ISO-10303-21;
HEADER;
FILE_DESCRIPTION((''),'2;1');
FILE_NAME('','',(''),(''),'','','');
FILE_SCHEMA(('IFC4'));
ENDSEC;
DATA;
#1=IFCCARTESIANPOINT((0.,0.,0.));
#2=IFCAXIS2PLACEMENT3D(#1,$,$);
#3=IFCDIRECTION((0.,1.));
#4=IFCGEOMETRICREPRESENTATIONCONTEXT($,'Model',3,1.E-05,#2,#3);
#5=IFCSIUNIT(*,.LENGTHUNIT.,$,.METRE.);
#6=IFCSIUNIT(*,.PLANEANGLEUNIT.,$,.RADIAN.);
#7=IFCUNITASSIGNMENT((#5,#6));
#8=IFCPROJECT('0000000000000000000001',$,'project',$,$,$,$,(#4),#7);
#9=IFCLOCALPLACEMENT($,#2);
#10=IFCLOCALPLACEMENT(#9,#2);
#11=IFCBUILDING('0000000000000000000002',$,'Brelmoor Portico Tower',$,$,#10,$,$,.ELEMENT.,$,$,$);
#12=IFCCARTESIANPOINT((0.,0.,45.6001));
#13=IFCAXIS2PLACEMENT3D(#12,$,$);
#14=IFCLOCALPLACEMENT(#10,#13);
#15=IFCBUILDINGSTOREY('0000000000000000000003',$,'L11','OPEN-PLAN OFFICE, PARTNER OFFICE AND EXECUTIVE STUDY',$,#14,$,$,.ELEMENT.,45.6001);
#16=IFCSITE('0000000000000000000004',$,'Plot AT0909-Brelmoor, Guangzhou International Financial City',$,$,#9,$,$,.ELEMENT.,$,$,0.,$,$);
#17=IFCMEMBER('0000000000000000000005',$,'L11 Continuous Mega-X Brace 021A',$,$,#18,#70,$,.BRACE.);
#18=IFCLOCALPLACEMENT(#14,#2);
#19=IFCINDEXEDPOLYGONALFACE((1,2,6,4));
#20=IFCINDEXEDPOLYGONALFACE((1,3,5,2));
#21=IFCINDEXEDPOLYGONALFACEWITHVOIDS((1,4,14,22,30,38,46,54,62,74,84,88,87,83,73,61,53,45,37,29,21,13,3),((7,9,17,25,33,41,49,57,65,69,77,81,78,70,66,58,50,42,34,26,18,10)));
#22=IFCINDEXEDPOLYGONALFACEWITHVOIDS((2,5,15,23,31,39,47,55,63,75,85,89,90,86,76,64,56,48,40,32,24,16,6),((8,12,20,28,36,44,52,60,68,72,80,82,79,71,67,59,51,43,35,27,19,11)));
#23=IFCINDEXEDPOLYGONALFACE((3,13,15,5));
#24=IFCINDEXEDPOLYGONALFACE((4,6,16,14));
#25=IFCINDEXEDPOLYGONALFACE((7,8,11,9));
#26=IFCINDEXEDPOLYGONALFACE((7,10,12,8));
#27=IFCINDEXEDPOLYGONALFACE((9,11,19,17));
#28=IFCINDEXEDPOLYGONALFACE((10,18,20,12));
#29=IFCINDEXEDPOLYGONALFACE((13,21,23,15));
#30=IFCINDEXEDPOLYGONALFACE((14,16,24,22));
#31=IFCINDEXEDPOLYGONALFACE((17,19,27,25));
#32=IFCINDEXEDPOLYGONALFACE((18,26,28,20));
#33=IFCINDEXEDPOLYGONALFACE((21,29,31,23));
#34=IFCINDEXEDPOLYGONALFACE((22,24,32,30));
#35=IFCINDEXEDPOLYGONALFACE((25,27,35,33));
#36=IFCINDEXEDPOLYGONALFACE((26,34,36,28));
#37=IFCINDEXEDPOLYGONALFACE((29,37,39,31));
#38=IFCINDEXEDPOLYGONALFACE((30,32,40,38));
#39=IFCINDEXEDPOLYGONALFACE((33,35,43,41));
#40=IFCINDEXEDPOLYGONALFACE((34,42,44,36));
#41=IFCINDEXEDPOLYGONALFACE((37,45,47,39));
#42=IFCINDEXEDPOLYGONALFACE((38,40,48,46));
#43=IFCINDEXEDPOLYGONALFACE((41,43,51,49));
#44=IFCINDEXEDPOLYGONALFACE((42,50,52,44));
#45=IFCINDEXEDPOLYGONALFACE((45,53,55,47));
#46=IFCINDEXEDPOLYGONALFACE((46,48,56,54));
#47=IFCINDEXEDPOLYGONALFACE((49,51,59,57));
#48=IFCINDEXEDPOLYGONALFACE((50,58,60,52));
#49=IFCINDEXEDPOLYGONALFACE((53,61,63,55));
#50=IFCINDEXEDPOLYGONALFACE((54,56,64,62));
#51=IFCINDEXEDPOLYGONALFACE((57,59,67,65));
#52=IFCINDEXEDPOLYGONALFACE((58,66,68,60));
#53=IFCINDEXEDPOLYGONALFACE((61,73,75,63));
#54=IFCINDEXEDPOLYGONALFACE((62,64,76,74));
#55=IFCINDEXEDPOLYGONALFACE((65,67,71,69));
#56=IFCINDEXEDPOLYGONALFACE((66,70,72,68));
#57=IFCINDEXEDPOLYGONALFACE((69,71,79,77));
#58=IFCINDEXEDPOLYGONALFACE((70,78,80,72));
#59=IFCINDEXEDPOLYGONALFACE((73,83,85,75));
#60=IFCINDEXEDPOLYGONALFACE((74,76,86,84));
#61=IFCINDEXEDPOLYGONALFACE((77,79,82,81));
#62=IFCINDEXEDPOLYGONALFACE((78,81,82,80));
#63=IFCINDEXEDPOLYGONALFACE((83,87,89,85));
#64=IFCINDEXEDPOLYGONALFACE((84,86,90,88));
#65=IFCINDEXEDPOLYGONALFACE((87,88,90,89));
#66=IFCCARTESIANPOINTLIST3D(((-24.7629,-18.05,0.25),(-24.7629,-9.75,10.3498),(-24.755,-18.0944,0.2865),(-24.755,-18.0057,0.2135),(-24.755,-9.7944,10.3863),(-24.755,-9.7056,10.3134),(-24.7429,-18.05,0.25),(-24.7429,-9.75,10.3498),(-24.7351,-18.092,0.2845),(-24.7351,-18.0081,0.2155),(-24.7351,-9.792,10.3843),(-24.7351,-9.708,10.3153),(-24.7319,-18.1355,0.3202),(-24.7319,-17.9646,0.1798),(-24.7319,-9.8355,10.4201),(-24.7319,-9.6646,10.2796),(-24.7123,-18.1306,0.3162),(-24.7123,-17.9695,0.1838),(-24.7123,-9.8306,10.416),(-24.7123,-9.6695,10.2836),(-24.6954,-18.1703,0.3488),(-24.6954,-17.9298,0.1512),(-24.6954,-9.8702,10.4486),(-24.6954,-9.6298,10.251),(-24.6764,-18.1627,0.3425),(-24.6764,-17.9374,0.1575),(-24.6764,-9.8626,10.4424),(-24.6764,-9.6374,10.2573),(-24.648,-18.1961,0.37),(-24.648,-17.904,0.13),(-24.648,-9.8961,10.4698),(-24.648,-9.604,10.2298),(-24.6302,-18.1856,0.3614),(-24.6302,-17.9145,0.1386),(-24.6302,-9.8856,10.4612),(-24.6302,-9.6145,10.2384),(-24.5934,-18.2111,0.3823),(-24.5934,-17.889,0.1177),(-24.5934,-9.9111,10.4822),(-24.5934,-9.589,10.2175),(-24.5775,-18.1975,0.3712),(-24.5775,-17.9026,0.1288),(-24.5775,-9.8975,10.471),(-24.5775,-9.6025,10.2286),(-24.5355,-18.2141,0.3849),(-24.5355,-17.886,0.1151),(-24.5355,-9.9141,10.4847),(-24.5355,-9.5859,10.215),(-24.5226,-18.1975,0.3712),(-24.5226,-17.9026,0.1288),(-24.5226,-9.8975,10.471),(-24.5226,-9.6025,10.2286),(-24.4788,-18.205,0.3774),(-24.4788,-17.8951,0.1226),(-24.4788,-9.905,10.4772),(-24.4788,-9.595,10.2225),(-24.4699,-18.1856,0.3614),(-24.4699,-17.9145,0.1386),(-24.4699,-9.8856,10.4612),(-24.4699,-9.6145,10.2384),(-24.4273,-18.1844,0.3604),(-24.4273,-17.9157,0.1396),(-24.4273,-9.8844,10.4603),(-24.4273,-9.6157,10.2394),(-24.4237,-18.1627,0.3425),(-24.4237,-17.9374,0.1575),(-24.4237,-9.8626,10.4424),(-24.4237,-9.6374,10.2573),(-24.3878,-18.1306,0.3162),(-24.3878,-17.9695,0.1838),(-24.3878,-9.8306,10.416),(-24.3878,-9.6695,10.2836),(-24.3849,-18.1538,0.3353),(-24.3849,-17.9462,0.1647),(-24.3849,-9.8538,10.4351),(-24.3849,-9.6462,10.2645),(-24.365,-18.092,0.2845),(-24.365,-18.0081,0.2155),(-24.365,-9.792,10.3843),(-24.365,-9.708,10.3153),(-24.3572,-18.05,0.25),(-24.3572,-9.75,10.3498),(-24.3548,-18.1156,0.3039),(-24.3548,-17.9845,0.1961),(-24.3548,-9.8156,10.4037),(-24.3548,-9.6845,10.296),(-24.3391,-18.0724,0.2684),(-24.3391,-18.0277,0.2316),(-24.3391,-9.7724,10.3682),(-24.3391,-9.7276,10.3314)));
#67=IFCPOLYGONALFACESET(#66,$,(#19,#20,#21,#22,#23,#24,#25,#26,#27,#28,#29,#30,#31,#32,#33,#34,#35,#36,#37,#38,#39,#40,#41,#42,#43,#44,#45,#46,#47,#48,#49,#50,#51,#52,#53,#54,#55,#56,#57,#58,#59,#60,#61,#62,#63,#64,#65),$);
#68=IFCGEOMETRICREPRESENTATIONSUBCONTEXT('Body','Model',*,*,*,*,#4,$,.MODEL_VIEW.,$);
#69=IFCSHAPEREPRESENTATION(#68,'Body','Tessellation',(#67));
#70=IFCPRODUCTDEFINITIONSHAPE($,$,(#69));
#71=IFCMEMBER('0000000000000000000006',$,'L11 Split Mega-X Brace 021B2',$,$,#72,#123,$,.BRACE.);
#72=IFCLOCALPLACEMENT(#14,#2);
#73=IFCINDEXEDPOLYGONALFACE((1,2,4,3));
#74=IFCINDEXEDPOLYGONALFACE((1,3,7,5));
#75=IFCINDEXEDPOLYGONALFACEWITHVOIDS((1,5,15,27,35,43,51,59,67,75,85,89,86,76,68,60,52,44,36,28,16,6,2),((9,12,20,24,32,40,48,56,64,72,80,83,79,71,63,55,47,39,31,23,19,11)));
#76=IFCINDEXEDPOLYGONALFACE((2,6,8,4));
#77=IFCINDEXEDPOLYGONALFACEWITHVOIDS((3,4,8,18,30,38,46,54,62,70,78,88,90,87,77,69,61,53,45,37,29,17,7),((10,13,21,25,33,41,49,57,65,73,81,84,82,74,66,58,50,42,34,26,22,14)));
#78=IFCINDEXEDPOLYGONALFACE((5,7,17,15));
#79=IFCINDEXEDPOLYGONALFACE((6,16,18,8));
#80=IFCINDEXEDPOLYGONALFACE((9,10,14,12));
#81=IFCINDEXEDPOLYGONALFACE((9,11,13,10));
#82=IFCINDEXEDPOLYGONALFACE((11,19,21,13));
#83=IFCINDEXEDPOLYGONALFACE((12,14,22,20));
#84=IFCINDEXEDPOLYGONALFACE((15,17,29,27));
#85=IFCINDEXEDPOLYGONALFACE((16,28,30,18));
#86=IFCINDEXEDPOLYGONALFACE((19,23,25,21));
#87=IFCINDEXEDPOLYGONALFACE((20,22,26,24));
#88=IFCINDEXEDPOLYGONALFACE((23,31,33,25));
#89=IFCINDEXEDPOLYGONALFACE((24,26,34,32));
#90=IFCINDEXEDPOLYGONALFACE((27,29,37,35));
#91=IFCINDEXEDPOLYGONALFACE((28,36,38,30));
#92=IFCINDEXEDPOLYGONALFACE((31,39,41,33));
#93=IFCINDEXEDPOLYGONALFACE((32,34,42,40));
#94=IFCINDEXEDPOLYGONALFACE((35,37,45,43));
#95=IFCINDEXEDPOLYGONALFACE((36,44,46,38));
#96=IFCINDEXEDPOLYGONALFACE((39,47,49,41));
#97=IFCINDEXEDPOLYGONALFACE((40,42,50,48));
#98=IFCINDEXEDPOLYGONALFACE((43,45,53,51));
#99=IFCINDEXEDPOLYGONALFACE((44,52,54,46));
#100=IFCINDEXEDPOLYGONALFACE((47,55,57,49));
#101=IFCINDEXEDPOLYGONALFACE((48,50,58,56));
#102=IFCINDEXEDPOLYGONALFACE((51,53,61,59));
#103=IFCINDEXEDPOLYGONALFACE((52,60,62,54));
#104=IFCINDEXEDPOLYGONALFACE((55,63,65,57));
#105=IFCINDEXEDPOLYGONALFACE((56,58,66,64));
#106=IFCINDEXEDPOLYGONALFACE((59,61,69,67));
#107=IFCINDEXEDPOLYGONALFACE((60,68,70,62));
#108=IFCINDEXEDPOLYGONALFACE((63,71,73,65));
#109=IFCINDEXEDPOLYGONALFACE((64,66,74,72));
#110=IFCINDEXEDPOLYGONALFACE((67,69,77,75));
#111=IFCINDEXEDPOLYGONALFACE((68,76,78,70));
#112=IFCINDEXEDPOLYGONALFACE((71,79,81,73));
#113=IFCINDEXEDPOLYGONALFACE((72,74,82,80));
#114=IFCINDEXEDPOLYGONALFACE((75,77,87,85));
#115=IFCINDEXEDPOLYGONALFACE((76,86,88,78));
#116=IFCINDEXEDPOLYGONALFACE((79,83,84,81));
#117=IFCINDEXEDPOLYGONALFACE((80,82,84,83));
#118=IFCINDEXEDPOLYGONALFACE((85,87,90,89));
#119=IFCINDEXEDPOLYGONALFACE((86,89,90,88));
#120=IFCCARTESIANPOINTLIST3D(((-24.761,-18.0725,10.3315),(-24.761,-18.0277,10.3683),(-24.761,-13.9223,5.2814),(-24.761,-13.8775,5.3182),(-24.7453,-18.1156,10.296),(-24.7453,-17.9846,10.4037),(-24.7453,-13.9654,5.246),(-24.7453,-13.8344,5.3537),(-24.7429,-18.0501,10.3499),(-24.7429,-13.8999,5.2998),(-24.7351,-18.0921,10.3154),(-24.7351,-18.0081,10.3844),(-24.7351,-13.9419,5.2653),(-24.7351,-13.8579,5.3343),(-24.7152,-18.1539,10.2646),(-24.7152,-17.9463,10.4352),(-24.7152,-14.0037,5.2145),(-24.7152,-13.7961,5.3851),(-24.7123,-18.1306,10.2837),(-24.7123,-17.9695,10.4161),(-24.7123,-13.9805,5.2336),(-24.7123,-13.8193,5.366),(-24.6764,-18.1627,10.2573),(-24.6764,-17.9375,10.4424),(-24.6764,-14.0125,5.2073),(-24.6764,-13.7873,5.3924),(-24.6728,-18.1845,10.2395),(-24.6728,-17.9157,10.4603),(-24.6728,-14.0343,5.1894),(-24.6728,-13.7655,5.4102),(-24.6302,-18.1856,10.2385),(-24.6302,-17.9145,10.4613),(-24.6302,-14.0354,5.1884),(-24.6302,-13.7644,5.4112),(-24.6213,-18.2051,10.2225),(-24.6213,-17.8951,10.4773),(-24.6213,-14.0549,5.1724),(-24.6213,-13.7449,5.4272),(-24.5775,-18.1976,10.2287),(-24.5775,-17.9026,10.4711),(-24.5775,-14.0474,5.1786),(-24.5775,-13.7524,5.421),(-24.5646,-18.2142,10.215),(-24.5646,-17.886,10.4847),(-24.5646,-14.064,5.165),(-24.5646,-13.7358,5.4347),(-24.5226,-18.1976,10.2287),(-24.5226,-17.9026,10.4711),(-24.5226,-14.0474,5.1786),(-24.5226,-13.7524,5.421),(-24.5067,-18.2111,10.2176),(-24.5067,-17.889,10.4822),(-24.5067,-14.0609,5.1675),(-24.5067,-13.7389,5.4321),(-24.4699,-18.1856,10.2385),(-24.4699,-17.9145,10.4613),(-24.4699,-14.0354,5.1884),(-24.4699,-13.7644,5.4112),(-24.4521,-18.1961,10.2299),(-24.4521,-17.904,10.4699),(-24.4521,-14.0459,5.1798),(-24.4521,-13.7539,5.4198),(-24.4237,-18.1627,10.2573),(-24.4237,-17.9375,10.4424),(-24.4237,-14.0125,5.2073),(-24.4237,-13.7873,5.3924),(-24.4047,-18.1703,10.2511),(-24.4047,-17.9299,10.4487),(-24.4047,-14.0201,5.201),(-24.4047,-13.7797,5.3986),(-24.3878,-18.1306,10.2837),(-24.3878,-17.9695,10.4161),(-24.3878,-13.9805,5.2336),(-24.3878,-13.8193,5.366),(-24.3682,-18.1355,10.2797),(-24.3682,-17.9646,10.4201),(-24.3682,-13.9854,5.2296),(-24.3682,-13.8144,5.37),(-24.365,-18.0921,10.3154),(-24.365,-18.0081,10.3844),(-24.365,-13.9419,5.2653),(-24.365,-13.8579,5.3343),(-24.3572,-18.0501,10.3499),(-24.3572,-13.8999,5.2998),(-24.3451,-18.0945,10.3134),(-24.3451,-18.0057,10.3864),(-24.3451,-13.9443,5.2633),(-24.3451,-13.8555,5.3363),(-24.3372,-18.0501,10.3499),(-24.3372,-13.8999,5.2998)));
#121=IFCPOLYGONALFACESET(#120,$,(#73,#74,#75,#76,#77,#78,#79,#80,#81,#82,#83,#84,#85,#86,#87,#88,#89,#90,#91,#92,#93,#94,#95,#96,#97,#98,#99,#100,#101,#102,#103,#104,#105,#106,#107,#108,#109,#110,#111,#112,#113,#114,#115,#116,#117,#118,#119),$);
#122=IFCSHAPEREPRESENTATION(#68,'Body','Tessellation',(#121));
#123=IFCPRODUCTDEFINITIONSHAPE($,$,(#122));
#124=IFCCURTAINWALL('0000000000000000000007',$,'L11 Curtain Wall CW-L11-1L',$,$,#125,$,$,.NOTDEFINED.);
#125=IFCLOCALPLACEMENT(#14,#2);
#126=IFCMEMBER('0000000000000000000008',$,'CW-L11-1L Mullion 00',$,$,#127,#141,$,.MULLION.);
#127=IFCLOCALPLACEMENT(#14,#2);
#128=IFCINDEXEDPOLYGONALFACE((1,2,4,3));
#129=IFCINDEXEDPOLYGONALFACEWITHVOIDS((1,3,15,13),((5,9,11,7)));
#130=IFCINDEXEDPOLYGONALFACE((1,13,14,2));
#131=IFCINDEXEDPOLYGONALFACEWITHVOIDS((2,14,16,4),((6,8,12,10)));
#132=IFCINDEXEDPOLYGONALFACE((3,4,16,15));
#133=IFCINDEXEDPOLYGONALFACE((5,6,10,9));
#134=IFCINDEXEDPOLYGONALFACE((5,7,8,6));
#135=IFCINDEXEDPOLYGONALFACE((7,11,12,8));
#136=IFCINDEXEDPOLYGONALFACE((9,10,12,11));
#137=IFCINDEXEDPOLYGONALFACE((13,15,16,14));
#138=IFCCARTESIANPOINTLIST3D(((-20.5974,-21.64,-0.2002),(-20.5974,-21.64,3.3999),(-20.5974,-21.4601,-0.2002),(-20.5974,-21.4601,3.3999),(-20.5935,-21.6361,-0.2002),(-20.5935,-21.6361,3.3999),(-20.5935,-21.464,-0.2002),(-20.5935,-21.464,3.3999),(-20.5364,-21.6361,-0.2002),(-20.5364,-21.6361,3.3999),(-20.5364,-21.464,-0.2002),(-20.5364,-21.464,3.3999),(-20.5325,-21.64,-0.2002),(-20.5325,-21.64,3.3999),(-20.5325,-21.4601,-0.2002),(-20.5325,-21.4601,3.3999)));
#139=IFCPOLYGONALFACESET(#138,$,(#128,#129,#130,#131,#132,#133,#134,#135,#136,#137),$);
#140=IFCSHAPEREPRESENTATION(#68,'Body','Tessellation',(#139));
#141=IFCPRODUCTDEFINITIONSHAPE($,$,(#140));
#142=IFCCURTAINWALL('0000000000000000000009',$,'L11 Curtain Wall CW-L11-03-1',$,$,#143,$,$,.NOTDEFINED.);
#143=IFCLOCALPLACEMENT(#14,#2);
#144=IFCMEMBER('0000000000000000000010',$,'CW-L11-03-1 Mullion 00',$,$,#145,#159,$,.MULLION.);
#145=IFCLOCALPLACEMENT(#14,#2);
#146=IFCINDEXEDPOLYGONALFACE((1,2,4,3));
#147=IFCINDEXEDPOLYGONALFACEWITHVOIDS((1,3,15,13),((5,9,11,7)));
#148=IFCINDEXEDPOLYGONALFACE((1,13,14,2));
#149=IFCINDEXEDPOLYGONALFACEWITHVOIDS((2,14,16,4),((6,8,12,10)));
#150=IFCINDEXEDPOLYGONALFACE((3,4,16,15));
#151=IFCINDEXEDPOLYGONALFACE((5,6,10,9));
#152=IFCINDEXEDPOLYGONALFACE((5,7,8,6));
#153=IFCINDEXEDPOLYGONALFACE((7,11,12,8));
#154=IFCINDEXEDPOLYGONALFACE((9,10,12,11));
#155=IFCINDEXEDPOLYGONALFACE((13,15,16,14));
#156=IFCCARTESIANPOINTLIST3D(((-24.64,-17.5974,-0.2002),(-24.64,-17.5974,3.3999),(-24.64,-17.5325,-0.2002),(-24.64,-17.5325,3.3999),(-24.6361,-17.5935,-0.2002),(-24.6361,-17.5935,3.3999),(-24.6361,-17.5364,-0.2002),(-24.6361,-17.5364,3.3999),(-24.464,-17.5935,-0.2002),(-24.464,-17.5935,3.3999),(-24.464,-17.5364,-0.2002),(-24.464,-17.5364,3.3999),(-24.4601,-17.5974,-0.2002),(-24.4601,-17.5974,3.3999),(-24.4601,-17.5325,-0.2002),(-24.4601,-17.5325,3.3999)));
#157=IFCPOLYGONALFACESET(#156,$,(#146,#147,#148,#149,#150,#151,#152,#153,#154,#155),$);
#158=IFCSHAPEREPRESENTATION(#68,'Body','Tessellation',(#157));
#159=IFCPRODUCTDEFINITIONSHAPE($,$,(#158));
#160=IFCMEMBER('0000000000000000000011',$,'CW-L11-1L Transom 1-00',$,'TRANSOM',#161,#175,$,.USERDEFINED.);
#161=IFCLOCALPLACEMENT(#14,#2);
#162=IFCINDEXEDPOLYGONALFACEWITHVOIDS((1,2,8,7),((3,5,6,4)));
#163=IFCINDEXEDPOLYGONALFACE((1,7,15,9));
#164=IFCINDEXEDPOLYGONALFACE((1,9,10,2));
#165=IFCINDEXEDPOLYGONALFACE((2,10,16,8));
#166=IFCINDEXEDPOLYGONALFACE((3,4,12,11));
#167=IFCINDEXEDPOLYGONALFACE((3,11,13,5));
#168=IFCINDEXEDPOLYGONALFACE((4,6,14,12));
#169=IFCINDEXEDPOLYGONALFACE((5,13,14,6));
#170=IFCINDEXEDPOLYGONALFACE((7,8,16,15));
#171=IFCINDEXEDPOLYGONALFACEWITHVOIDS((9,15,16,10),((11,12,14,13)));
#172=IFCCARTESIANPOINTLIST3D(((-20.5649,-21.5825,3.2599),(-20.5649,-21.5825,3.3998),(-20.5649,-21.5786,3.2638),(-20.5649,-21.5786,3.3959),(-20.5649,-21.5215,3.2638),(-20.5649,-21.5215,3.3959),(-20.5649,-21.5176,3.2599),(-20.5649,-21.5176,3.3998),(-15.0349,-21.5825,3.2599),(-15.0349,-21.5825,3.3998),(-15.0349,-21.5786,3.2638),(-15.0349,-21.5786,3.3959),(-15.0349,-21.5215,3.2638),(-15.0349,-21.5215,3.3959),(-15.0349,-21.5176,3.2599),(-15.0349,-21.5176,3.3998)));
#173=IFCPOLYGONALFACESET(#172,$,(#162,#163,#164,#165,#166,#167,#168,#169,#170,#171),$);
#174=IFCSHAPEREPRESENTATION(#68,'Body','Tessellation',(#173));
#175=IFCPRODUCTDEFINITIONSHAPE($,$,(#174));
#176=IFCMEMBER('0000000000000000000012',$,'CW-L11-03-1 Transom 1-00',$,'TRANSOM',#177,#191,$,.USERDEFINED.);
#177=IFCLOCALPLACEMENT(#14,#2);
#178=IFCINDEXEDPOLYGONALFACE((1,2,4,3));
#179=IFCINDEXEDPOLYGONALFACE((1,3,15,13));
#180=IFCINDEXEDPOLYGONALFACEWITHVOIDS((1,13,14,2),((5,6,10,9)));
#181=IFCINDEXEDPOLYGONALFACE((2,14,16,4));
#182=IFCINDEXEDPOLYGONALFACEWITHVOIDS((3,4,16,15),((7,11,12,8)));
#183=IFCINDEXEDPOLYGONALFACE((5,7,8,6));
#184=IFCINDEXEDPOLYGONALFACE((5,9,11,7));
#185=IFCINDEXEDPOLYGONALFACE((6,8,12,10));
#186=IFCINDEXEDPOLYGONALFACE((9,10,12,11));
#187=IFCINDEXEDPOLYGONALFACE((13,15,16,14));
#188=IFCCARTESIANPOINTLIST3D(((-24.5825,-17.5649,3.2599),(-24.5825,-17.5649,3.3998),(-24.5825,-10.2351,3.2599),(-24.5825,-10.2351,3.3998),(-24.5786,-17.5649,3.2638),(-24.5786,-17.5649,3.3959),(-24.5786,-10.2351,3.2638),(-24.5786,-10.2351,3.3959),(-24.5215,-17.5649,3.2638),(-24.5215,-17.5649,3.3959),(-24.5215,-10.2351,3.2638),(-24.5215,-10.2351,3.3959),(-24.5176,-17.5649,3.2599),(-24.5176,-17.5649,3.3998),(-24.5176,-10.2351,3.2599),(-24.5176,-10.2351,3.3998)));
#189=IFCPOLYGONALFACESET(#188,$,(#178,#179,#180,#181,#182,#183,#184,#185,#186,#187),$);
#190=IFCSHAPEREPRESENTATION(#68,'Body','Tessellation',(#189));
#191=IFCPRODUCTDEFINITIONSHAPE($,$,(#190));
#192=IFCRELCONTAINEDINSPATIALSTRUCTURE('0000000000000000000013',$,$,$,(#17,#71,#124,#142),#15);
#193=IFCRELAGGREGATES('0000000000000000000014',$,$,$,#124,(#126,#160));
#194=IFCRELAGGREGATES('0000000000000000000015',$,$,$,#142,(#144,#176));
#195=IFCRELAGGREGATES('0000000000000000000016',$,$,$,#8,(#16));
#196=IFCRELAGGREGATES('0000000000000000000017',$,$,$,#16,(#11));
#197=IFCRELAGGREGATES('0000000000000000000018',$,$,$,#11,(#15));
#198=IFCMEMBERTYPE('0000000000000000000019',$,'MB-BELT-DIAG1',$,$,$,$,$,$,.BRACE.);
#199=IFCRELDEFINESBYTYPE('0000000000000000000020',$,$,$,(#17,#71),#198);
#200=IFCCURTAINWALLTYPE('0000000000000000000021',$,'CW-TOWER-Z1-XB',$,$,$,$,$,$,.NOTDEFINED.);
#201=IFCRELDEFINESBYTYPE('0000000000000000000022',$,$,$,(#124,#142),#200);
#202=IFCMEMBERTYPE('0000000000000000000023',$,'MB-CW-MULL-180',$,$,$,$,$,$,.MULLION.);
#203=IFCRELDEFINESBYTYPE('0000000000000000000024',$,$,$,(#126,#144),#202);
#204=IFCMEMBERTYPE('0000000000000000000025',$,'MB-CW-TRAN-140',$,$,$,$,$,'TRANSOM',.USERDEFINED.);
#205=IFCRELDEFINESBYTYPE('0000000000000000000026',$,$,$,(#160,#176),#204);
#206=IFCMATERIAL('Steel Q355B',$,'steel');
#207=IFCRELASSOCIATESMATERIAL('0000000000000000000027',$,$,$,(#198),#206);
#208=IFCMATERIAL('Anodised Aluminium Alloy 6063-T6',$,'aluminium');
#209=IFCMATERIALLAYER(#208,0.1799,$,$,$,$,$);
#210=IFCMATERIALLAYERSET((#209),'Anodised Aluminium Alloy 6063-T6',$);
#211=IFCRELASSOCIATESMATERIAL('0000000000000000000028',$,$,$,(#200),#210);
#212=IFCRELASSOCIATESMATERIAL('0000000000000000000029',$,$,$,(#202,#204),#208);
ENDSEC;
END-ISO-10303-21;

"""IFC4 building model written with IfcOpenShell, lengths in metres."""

from ifc_helpers import new_model, si_unit, direction, frame, origin, origin_2d, place, context, subcontext, project, spatial, hollow_rectangle, hollow_circle, extrude, material, layer, layer_set, material_profile, profile_set, type_object, element, aggregate, save


model = new_model("IFC4")

# Units and contexts
model_context = context("Model", 3, precision=1e-05, world=origin(), true_north=direction((0.0, 1.0)))
body_context = subcontext(model_context, "Body", "Model", "MODEL_VIEW")
ifc_project = project(units=[si_unit("LENGTHUNIT", "METRE"), si_unit("PLANEANGLEUNIT", "RADIAN")], contexts=[model_context])

# Site, building, storey
site_placement = place(None, origin())
site = spatial("IfcSite", under=ifc_project, at=site_placement, Name="Plot AT0909-Brelmoor, Guangzhou International Financial City", CompositionType="ELEMENT", RefElevation=0.0)
building_placement = place(site_placement, origin())
building = spatial("IfcBuilding", under=site, at=building_placement, Name="Brelmoor Portico Tower", CompositionType="ELEMENT")
storey_placement = place(building_placement, frame((0.0, 0.0, 45.6001)))
storey = spatial("IfcBuildingStorey", under=building, at=storey_placement, Name="L11", Description="OPEN-PLAN OFFICE, PARTNER OFFICE AND EXECUTIVE STUDY", CompositionType="ELEMENT", Elevation=45.6001)

# Shared definitions
ifc_material_1 = material(Name="Steel Q355B", Category="steel")

# Members
ifc_material_profile_1 = material_profile(ifc_material_1, hollow_circle(Radius=0.2129, WallThickness=0.02, at=origin_2d()), Name="CHS 426x20")
ifc_profile_set_1 = profile_set([ifc_material_profile_1], Name="Steel Q355B")
member_type_1 = type_object("IfcMemberType", Name="MB-BELT-DIAG1", PredefinedType="BRACE", material=ifc_profile_set_1)
member_1_placement = place(storey_placement, frame((-24.55, -18.05, 0.25), z_axis=(0.0, 0.63491, 0.772586), x_axis=(-1.0, 0.0, 0.0)))
element("IfcMember", 1, at=member_1_placement, inside=storey, type_object=member_type_1, Name="L11 Continuous Mega-X Brace 021A", PredefinedType="BRACE", context=body_context, shape_type="SweptSolid", body=[
    extrude(hollow_circle(Radius=0.2129, WallThickness=0.02, at=origin_2d()), origin(), (0.0, 0.0, 1.0), 13.0728),
])
member_2_placement = place(storey_placement, frame((-24.55, -13.8999, 5.2998), z_axis=(0.0, -0.634912, 0.772584), x_axis=(1.0, 0.0, 0.0)))
element("IfcMember", 2, at=member_2_placement, inside=storey, type_object=member_type_1, Name="L11 Split Mega-X Brace 021B2", PredefinedType="BRACE", context=body_context, shape_type="SweptSolid", body=[
    extrude(hollow_circle(Radius=0.2129, WallThickness=0.02, at=origin_2d()), origin(), (0.0, 0.0, 1.0), 6.5366),
])

# Curtain walls, members
ifc_material_2 = material(Name="Anodised Aluminium Alloy 6063-T6", Category="aluminium")
ifc_layer_1 = layer(ifc_material_2, 0.1799)
ifc_layer_set_1 = layer_set([ifc_layer_1], Name="Anodised Aluminium Alloy 6063-T6")
curtain_wall_type = type_object("IfcCurtainWallType", Name="CW-TOWER-Z1-XB", PredefinedType="NOTDEFINED", material=ifc_layer_set_1)
curtain_wall_1_placement = place(storey_placement, origin())
curtain_wall_1 = element("IfcCurtainWall", 3, at=curtain_wall_1_placement, inside=storey, type_object=curtain_wall_type, Name="L11 Curtain Wall CW-L11-1L", PredefinedType="NOTDEFINED")
ifc_material_profile_2 = material_profile(ifc_material_2, hollow_rectangle(XDim=0.0649, YDim=0.1799, WallThickness=0.0039, at=origin_2d()), Name="ALU MULLION 65x180")
ifc_profile_set_2 = profile_set([ifc_material_profile_2], Name="Anodised Aluminium Alloy 6063-T6")
member_type_2 = type_object("IfcMemberType", Name="MB-CW-MULL-180", PredefinedType="MULLION", material=ifc_profile_set_2)
member_3_placement = place(storey_placement, frame((-20.5649, -21.55, -0.2002), z_axis=(0.0, 0.0, 1.0), x_axis=(1.0, 0.0, 0.0)))
member_3 = element("IfcMember", 4, at=member_3_placement, type_object=member_type_2, Name="CW-L11-1L Mullion 00", PredefinedType="MULLION", context=body_context, shape_type="SweptSolid", body=[
    extrude(hollow_rectangle(XDim=0.0649, YDim=0.1799, WallThickness=0.0039, at=origin_2d()), origin(), (0.0, 0.0, 1.0), 3.6001),
])
curtain_wall_2_placement = place(storey_placement, origin())
curtain_wall_2 = element("IfcCurtainWall", 5, at=curtain_wall_2_placement, inside=storey, type_object=curtain_wall_type, Name="L11 Curtain Wall CW-L11-03-1", PredefinedType="NOTDEFINED")
member_4_placement = place(storey_placement, frame((-24.55, -17.5649, -0.2002), z_axis=(0.0, 0.0, 1.0), x_axis=(0.0, 1.0, 0.0)))
member_4 = element("IfcMember", 6, at=member_4_placement, type_object=member_type_2, Name="CW-L11-03-1 Mullion 00", PredefinedType="MULLION", context=body_context, shape_type="SweptSolid", body=[
    extrude(hollow_rectangle(XDim=0.0649, YDim=0.1799, WallThickness=0.0039, at=origin_2d()), origin(), (0.0, 0.0, 1.0), 3.6001),
])

# Members
ifc_material_profile_3 = material_profile(ifc_material_2, hollow_rectangle(XDim=0.0649, YDim=0.1399, WallThickness=0.0039, at=origin_2d()), Name="ALU TRANSOM 65x140")
ifc_profile_set_3 = profile_set([ifc_material_profile_3], Name="Anodised Aluminium Alloy 6063-T6")
member_type_3 = type_object("IfcMemberType", Name="MB-CW-TRAN-140", ElementType="TRANSOM", PredefinedType="USERDEFINED", material=ifc_profile_set_3)
member_5_placement = place(storey_placement, frame((-20.5649, -21.55, 3.3298), z_axis=(1.0, 0.0, 0.0), x_axis=(0.0, 1.0, 0.0)))
member_5 = element("IfcMember", 7, at=member_5_placement, type_object=member_type_3, Name="CW-L11-1L Transom 1-00", ObjectType="TRANSOM", PredefinedType="USERDEFINED", context=body_context, shape_type="SweptSolid", body=[
    extrude(hollow_rectangle(XDim=0.0649, YDim=0.1399, WallThickness=0.0039, at=origin_2d()), origin(), (0.0, 0.0, 1.0), 5.53),
])
aggregate(curtain_wall_1, [member_3, member_5])
member_6_placement = place(storey_placement, frame((-24.55, -17.5649, 3.3298), z_axis=(0.0, 1.0, 0.0), x_axis=(-1.0, 0.0, 0.0)))
member_6 = element("IfcMember", 8, at=member_6_placement, type_object=member_type_3, Name="CW-L11-03-1 Transom 1-00", ObjectType="TRANSOM", PredefinedType="USERDEFINED", context=body_context, shape_type="SweptSolid", body=[
    extrude(hollow_rectangle(XDim=0.0649, YDim=0.1399, WallThickness=0.0039, at=origin_2d()), origin(), (0.0, 0.0, 1.0), 7.3298),
])

aggregate(curtain_wall_2, [member_4, member_6])

save(model, "model.ifc")
